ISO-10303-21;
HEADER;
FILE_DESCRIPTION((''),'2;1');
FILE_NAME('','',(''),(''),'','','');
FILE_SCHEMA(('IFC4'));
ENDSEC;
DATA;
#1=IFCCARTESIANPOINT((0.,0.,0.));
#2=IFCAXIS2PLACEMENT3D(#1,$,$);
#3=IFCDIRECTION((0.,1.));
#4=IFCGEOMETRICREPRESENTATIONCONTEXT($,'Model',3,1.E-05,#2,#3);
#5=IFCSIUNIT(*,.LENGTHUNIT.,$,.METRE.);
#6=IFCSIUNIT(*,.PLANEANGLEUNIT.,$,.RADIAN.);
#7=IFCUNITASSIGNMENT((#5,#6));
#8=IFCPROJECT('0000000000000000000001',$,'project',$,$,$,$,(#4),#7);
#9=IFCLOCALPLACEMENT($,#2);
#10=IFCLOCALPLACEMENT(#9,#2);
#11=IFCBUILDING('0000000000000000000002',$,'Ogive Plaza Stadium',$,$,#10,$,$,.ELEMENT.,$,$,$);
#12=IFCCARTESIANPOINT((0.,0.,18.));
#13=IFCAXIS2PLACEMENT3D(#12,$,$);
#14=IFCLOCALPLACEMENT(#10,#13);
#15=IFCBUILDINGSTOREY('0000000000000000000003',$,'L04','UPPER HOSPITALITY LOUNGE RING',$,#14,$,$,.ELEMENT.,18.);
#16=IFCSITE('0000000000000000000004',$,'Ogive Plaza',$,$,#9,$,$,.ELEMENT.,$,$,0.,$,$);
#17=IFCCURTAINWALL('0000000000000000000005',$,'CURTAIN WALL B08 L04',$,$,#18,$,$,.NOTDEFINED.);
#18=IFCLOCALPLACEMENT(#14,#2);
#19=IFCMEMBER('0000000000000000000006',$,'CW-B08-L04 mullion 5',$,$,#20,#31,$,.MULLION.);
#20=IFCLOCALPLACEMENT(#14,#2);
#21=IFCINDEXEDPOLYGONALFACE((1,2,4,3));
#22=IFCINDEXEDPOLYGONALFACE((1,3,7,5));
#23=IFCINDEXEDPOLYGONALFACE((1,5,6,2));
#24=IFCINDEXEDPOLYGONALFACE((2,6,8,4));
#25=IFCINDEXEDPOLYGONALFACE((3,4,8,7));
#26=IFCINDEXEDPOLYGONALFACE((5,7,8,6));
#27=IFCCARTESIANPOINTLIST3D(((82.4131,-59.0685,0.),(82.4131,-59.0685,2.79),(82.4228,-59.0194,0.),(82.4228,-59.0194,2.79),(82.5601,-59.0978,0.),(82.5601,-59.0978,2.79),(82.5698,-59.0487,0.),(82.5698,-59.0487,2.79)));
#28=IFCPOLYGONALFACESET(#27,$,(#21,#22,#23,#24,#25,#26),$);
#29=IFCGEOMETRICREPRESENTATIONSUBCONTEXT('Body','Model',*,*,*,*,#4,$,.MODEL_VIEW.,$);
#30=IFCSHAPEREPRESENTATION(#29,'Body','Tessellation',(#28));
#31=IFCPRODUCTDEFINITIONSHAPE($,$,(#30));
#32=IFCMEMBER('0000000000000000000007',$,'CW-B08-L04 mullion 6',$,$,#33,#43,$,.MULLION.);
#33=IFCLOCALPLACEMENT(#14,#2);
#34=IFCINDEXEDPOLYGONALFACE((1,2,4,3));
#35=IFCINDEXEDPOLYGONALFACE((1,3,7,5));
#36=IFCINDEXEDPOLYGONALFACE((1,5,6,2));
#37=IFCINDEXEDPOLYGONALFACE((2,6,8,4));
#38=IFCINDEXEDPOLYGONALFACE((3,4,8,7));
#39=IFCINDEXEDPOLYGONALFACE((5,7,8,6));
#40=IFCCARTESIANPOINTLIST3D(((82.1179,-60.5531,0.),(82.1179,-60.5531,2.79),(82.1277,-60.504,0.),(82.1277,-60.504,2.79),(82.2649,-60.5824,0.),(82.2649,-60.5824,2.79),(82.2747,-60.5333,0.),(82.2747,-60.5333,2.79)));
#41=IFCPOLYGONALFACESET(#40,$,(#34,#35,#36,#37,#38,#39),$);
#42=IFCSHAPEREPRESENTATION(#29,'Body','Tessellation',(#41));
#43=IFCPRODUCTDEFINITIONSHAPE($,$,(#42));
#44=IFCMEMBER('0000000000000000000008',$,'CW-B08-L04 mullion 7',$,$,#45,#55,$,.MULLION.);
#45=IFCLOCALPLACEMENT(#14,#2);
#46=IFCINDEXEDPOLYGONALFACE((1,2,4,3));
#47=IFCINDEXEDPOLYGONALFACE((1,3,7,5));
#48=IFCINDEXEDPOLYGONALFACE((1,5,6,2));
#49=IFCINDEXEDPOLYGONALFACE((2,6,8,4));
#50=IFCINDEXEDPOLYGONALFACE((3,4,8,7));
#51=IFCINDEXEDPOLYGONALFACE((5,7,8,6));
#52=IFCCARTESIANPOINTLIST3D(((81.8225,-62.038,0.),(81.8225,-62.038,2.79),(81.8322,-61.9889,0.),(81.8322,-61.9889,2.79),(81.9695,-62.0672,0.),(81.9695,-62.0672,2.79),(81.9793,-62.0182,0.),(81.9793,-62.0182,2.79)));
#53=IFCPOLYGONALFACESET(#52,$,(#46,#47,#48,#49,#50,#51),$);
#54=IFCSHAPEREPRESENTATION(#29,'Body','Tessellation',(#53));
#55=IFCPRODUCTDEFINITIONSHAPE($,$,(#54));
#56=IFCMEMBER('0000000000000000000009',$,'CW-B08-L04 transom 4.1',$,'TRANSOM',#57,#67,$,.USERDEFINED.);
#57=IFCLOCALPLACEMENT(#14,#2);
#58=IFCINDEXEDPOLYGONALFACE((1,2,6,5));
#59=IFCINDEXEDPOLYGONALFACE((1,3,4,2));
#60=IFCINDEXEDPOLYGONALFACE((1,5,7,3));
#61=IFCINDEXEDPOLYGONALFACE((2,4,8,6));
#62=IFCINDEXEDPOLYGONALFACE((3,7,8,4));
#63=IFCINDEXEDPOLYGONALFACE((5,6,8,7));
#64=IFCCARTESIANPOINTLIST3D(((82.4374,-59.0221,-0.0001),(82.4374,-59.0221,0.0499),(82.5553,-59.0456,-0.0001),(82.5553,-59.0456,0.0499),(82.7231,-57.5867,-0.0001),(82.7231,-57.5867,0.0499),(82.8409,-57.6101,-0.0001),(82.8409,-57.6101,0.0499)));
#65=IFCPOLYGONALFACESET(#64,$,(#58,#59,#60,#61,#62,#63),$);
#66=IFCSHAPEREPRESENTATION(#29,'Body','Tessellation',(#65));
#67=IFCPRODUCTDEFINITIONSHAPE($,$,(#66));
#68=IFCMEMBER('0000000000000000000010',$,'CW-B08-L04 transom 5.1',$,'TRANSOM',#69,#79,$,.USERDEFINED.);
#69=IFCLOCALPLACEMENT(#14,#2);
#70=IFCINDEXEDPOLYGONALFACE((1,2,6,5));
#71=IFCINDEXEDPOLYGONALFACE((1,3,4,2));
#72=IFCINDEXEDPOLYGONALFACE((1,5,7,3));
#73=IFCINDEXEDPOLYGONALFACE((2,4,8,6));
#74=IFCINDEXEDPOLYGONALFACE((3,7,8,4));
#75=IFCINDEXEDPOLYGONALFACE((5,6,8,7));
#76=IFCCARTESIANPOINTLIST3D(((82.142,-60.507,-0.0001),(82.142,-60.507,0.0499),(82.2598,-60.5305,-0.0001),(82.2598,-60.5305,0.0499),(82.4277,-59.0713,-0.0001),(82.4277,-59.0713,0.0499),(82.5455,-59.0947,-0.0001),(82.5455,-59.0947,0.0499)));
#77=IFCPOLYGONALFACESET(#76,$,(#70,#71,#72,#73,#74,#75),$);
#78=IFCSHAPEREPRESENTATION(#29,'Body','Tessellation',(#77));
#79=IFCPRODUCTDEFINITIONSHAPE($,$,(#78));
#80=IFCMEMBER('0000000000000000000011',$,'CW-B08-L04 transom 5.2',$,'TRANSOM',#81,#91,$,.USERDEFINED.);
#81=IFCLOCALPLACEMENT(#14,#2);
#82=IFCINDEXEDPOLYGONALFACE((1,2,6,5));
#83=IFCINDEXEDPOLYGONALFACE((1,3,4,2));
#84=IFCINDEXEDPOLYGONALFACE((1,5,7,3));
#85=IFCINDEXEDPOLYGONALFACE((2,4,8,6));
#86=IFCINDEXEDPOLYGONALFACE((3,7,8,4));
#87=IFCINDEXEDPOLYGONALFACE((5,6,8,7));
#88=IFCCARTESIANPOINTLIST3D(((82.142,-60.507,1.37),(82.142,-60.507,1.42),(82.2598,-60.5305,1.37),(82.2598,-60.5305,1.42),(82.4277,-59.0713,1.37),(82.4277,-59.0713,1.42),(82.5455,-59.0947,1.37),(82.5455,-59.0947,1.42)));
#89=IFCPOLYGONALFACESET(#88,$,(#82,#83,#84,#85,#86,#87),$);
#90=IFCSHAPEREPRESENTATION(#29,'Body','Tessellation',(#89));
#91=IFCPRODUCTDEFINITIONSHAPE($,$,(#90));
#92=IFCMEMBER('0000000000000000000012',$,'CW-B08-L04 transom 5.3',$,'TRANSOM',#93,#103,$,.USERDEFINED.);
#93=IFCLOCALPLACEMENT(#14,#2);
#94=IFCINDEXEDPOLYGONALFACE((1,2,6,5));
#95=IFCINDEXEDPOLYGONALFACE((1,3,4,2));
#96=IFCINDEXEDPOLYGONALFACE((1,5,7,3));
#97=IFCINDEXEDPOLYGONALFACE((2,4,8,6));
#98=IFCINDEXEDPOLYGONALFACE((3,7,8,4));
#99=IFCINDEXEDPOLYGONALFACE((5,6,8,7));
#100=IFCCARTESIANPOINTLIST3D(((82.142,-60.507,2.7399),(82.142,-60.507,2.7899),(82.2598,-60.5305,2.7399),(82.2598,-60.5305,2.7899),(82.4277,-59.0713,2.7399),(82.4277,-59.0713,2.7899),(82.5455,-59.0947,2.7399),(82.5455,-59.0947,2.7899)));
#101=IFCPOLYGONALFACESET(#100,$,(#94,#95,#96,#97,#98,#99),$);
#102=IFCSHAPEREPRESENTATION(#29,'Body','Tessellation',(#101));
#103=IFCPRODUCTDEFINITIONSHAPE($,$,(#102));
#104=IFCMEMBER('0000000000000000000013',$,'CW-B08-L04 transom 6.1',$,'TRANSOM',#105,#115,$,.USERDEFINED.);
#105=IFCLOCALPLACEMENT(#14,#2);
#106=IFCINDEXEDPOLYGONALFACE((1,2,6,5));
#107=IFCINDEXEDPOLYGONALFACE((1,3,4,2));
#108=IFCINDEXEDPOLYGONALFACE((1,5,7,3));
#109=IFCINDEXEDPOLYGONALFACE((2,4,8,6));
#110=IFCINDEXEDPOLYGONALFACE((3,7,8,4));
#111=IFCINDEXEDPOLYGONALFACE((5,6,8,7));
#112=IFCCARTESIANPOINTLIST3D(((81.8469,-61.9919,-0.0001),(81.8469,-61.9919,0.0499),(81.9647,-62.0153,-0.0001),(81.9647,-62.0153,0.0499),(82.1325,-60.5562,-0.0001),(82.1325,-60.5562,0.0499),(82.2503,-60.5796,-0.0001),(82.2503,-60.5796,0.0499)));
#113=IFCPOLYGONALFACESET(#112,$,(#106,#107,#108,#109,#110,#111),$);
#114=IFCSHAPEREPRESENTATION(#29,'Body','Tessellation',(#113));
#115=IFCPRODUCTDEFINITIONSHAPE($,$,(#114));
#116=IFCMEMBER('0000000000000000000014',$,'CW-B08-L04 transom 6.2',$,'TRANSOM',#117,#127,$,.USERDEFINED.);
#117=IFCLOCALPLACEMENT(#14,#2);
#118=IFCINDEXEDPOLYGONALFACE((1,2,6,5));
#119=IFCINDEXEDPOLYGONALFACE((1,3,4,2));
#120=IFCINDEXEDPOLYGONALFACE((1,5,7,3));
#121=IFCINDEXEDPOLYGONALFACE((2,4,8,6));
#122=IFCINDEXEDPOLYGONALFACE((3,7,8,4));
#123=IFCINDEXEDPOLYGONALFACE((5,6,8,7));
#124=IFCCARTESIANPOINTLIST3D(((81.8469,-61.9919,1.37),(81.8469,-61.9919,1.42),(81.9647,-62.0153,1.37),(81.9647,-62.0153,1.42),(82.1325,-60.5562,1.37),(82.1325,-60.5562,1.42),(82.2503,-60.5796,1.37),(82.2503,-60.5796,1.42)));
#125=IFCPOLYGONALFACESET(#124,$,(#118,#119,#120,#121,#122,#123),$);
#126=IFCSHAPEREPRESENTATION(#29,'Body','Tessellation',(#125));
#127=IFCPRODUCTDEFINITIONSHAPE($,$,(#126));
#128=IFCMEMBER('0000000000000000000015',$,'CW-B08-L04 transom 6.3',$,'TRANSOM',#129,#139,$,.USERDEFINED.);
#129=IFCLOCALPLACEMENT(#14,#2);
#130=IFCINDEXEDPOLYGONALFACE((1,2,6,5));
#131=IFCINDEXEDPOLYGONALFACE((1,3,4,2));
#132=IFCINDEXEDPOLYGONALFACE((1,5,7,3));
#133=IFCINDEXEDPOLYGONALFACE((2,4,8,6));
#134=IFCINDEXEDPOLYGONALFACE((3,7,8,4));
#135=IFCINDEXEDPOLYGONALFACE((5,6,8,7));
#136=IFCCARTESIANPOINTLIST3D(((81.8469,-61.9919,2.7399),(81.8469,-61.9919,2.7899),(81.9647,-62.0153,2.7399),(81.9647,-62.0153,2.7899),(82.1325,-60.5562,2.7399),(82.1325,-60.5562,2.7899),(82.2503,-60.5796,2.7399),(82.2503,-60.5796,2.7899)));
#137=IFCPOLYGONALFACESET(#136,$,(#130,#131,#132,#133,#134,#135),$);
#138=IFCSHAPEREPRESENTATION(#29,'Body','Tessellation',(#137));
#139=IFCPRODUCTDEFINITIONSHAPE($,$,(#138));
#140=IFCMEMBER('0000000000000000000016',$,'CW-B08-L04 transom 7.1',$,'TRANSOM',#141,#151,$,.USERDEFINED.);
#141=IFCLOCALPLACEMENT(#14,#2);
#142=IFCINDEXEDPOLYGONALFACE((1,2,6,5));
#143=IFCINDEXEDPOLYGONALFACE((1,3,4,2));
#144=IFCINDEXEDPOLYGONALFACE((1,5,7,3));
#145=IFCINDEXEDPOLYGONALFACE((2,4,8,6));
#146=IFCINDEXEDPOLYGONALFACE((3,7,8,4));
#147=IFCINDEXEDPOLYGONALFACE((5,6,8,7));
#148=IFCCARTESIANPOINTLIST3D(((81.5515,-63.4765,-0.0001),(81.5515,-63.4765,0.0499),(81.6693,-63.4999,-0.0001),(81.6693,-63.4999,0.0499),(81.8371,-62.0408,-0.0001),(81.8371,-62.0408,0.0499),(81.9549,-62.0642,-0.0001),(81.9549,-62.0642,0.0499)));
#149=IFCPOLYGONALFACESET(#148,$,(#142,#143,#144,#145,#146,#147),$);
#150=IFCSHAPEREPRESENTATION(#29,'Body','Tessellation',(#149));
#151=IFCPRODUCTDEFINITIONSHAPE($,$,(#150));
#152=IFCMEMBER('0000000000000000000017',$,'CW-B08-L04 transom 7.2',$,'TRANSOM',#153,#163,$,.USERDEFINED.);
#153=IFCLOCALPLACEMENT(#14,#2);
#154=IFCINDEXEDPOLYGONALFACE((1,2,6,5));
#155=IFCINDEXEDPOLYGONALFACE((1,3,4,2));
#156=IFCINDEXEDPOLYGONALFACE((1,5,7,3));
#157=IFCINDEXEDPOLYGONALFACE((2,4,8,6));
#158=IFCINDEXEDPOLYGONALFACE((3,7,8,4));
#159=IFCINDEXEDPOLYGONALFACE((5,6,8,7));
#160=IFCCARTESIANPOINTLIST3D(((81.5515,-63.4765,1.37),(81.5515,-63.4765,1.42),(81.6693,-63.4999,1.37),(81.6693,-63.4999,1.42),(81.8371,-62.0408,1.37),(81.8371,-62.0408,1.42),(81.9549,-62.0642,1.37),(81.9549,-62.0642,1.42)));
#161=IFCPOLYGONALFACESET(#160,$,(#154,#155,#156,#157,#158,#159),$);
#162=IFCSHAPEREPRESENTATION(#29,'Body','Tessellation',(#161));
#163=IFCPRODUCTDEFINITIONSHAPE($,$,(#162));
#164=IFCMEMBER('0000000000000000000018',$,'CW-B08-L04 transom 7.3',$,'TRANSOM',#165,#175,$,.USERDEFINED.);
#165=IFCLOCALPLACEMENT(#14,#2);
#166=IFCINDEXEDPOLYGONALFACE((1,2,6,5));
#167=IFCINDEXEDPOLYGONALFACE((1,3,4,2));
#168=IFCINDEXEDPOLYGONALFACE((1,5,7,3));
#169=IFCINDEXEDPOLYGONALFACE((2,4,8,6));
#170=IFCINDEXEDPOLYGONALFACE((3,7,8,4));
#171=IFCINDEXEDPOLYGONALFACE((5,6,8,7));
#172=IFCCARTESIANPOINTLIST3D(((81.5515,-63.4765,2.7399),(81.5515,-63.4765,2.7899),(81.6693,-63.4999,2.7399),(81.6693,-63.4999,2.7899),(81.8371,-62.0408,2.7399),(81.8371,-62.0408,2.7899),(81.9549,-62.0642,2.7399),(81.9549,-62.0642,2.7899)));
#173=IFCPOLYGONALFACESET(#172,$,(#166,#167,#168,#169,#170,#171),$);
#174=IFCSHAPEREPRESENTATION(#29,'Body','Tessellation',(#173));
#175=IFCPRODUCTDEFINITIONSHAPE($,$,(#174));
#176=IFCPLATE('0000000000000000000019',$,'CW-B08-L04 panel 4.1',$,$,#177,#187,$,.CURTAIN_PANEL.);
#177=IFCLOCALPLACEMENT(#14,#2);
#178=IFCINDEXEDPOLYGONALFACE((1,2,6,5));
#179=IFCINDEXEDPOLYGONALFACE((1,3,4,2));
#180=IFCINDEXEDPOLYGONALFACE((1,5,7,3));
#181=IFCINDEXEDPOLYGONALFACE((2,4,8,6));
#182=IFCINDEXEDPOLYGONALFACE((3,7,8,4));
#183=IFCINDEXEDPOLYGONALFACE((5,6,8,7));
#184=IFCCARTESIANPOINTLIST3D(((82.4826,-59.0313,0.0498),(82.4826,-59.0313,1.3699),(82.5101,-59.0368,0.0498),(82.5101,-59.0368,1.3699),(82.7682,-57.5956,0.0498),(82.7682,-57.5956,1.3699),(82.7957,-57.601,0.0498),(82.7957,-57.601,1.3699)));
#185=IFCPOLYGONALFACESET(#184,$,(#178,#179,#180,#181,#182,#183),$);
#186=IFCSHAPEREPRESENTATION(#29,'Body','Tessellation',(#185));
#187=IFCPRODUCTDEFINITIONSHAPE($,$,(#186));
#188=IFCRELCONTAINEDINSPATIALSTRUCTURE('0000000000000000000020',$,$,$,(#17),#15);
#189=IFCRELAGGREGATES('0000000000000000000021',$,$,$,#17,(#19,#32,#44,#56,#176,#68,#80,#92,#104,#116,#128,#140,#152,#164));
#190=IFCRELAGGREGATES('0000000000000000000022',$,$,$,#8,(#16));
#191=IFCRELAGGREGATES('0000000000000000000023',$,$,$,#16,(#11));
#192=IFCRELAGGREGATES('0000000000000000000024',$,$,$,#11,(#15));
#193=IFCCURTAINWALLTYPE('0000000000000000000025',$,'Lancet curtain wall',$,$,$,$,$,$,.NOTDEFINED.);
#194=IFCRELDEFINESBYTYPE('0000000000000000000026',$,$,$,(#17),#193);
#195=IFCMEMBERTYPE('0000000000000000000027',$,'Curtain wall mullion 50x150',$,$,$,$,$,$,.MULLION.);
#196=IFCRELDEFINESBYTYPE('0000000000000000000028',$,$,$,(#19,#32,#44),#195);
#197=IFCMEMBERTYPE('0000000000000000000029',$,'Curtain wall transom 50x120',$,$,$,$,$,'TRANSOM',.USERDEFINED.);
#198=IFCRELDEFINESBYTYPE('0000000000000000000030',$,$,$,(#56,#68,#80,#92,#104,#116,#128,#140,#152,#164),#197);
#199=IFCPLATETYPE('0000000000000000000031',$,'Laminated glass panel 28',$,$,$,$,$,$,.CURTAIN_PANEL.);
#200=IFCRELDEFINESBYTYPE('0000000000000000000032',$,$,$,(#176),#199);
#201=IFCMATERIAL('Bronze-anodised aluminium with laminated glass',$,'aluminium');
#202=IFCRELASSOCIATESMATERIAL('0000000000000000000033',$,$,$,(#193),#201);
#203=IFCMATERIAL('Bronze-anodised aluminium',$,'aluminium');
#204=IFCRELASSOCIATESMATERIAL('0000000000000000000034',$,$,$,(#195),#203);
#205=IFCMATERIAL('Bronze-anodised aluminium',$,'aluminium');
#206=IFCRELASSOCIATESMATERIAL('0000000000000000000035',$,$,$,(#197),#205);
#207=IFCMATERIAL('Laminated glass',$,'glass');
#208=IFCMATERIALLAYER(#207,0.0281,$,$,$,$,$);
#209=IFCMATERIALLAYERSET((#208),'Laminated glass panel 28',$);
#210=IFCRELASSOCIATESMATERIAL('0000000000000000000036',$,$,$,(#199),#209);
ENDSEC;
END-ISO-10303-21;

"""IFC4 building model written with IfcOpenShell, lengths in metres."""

from ifc_helpers import new_model, si_unit, direction, frame, origin, origin_2d, place, context, subcontext, project, spatial, rectangle, extrude, material, layer, layer_set, material_profile, profile_set, type_object, element, aggregate, save


model = new_model("IFC4")

# Units and contexts
model_context = context("Model", 3, precision=1e-05, world=origin(), true_north=direction((0.0, 1.0)))
body_context = subcontext(model_context, "Body", "Model", "MODEL_VIEW")
ifc_project = project(units=[si_unit("LENGTHUNIT", "METRE"), si_unit("PLANEANGLEUNIT", "RADIAN")], contexts=[model_context])

# Site, building, storey
site_placement = place(None, origin())
site = spatial("IfcSite", under=ifc_project, at=site_placement, Name="Ogive Plaza", CompositionType="ELEMENT", RefElevation=0.0)
building_placement = place(site_placement, origin())
building = spatial("IfcBuilding", under=site, at=building_placement, Name="Ogive Plaza Stadium", CompositionType="ELEMENT")
storey_placement = place(building_placement, frame((0.0, 0.0, 18.0)))
storey = spatial("IfcBuildingStorey", under=building, at=storey_placement, Name="L04", Description="UPPER HOSPITALITY LOUNGE RING", CompositionType="ELEMENT", Elevation=18.0)

# Curtain wall, members, plate
ifc_material_1 = material(Name="Bronze-anodised aluminium with laminated glass", Category="aluminium")
curtain_wall_type = type_object("IfcCurtainWallType", Name="Lancet curtain wall", PredefinedType="NOTDEFINED", material=ifc_material_1)
curtain_wall_placement = place(storey_placement, origin())
curtain_wall = element("IfcCurtainWall", 1, at=curtain_wall_placement, inside=storey, type_object=curtain_wall_type, Name="CURTAIN WALL B08 L04", PredefinedType="NOTDEFINED")
ifc_material_2 = material(Name="Bronze-anodised aluminium", Category="aluminium")
ifc_material_profile_1 = material_profile(ifc_material_2, rectangle(XDim=0.1499, YDim=0.05, at=origin_2d()), Name="AL 150x50")
ifc_profile_set_1 = profile_set([ifc_material_profile_1], Name="Bronze-anodised aluminium")
member_type_1 = type_object("IfcMemberType", Name="Curtain wall mullion 50x150", PredefinedType="MULLION", material=ifc_profile_set_1)
member_1_placement = place(storey_placement, frame((82.4915, -59.0586, 0.0), z_axis=(0.0, 0.0, 1.0), x_axis=(0.980785, -0.19509, 0.0)))
member_1 = element("IfcMember", 2, at=member_1_placement, type_object=member_type_1, Name="CW-B08-L04 mullion 5", PredefinedType="MULLION", context=body_context, shape_type="SweptSolid", body=[
    extrude(rectangle(XDim=0.1499, YDim=0.05, at=origin_2d()), origin(), (0.0, 0.0, 1.0), 2.79),
])
member_2_placement = place(storey_placement, frame((82.1963, -60.5432, 0.0), z_axis=(0.0, 0.0, 1.0), x_axis=(0.980785, -0.19509, 0.0)))
member_2 = element("IfcMember", 3, at=member_2_placement, type_object=member_type_1, Name="CW-B08-L04 mullion 6", PredefinedType="MULLION", context=body_context, shape_type="SweptSolid", body=[
    extrude(rectangle(XDim=0.1499, YDim=0.05, at=origin_2d()), origin(), (0.0, 0.0, 1.0), 2.79),
])
member_3_placement = place(storey_placement, frame((81.9009, -62.0281, 0.0), z_axis=(0.0, 0.0, 1.0), x_axis=(0.980785, -0.19509, 0.0)))
member_3 = element("IfcMember", 4, at=member_3_placement, type_object=member_type_1, Name="CW-B08-L04 mullion 7", PredefinedType="MULLION", context=body_context, shape_type="SweptSolid", body=[
    extrude(rectangle(XDim=0.1499, YDim=0.05, at=origin_2d()), origin(), (0.0, 0.0, 1.0), 2.79),
])
ifc_material_3 = material(Name="Bronze-anodised aluminium", Category="aluminium")
ifc_material_profile_2 = material_profile(ifc_material_3, rectangle(XDim=0.1201, YDim=0.05, at=origin_2d()), Name="AL 120x50")
ifc_profile_set_2 = profile_set([ifc_material_profile_2], Name="Bronze-anodised aluminium")
member_type_2 = type_object("IfcMemberType", Name="Curtain wall transom 50x120", ElementType="TRANSOM", PredefinedType="USERDEFINED", material=ifc_profile_set_2)
member_4_placement = place(storey_placement, frame((82.782, -57.5984, 0.0249), z_axis=(-0.195154, -0.980773, 0.0), x_axis=(0.980773, -0.195154, 0.0)))
member_4 = element("IfcMember", 5, at=member_4_placement, type_object=member_type_2, Name="CW-B08-L04 transom 4.1", ObjectType="TRANSOM", PredefinedType="USERDEFINED", context=body_context, shape_type="SweptSolid", body=[
    extrude(rectangle(XDim=0.1201, YDim=0.05, at=origin_2d()), origin(), (0.0, 0.0, 1.0), 1.4636),
])
member_5_placement = place(storey_placement, frame((82.4866, -59.083, 0.0249), z_axis=(-0.195122, -0.980779, 0.0), x_axis=(0.980779, -0.195122, 0.0)))
member_5 = element("IfcMember", 6, at=member_5_placement, type_object=member_type_2, Name="CW-B08-L04 transom 5.1", ObjectType="TRANSOM", PredefinedType="USERDEFINED", context=body_context, shape_type="SweptSolid", body=[
    extrude(rectangle(XDim=0.1201, YDim=0.05, at=origin_2d()), origin(), (0.0, 0.0, 1.0), 1.4639),
])
member_6_placement = place(storey_placement, frame((82.4866, -59.083, 1.395), z_axis=(-0.195122, -0.980779, 0.0), x_axis=(0.980779, -0.195122, 0.0)))
member_6 = element("IfcMember", 7, at=member_6_placement, type_object=member_type_2, Name="CW-B08-L04 transom 5.2", ObjectType="TRANSOM", PredefinedType="USERDEFINED", context=body_context, shape_type="SweptSolid", body=[
    extrude(rectangle(XDim=0.1201, YDim=0.05, at=origin_2d()), origin(), (0.0, 0.0, 1.0), 1.4639),
])
member_7_placement = place(storey_placement, frame((82.4866, -59.083, 2.7649), z_axis=(-0.195122, -0.980779, 0.0), x_axis=(0.980779, -0.195122, 0.0)))
member_7 = element("IfcMember", 8, at=member_7_placement, type_object=member_type_2, Name="CW-B08-L04 transom 5.3", ObjectType="TRANSOM", PredefinedType="USERDEFINED", context=body_context, shape_type="SweptSolid", body=[
    extrude(rectangle(XDim=0.1201, YDim=0.05, at=origin_2d()), origin(), (0.0, 0.0, 1.0), 1.4639),
])
member_8_placement = place(storey_placement, frame((82.1914, -60.5679, 0.0249), z_axis=(-0.195122, -0.980779, 0.0), x_axis=(0.980779, -0.195122, 0.0)))
member_8 = element("IfcMember", 9, at=member_8_placement, type_object=member_type_2, Name="CW-B08-L04 transom 6.1", ObjectType="TRANSOM", PredefinedType="USERDEFINED", context=body_context, shape_type="SweptSolid", body=[
    extrude(rectangle(XDim=0.1201, YDim=0.05, at=origin_2d()), origin(), (0.0, 0.0, 1.0), 1.4639),
])
member_9_placement = place(storey_placement, frame((82.1914, -60.5679, 1.395), z_axis=(-0.195122, -0.980779, 0.0), x_axis=(0.980779, -0.195122, 0.0)))
member_9 = element("IfcMember", 10, at=member_9_placement, type_object=member_type_2, Name="CW-B08-L04 transom 6.2", ObjectType="TRANSOM", PredefinedType="USERDEFINED", context=body_context, shape_type="SweptSolid", body=[
    extrude(rectangle(XDim=0.1201, YDim=0.05, at=origin_2d()), origin(), (0.0, 0.0, 1.0), 1.4639),
])
member_10_placement = place(storey_placement, frame((82.1914, -60.5679, 2.7649), z_axis=(-0.195122, -0.980779, 0.0), x_axis=(0.980779, -0.195122, 0.0)))
member_10 = element("IfcMember", 11, at=member_10_placement, type_object=member_type_2, Name="CW-B08-L04 transom 6.3", ObjectType="TRANSOM", PredefinedType="USERDEFINED", context=body_context, shape_type="SweptSolid", body=[
    extrude(rectangle(XDim=0.1201, YDim=0.05, at=origin_2d()), origin(), (0.0, 0.0, 1.0), 1.4639),
])
member_11_placement = place(storey_placement, frame((81.896, -62.0525, 0.0249), z_axis=(-0.195122, -0.980779, 0.0), x_axis=(0.980779, -0.195122, 0.0)))
member_11 = element("IfcMember", 12, at=member_11_placement, type_object=member_type_2, Name="CW-B08-L04 transom 7.1", ObjectType="TRANSOM", PredefinedType="USERDEFINED", context=body_context, shape_type="SweptSolid", body=[
    extrude(rectangle(XDim=0.1201, YDim=0.05, at=origin_2d()), origin(), (0.0, 0.0, 1.0), 1.4639),
])
member_12_placement = place(storey_placement, frame((81.896, -62.0525, 1.395), z_axis=(-0.195122, -0.980779, 0.0), x_axis=(0.980779, -0.195122, 0.0)))
member_12 = element("IfcMember", 13, at=member_12_placement, type_object=member_type_2, Name="CW-B08-L04 transom 7.2", ObjectType="TRANSOM", PredefinedType="USERDEFINED", context=body_context, shape_type="SweptSolid", body=[
    extrude(rectangle(XDim=0.1201, YDim=0.05, at=origin_2d()), origin(), (0.0, 0.0, 1.0), 1.4639),
])
member_13_placement = place(storey_placement, frame((81.896, -62.0525, 2.7649), z_axis=(-0.195122, -0.980779, 0.0), x_axis=(0.980779, -0.195122, 0.0)))
member_13 = element("IfcMember", 14, at=member_13_placement, type_object=member_type_2, Name="CW-B08-L04 transom 7.3", ObjectType="TRANSOM", PredefinedType="USERDEFINED", context=body_context, shape_type="SweptSolid", body=[
    extrude(rectangle(XDim=0.1201, YDim=0.05, at=origin_2d()), origin(), (0.0, 0.0, 1.0), 1.4639),
])
ifc_material_4 = material(Name="Laminated glass", Category="glass")
ifc_layer_1 = layer(ifc_material_4, 0.0281)
ifc_layer_set_1 = layer_set([ifc_layer_1], Name="Laminated glass panel 28")
plate_type = type_object("IfcPlateType", Name="Laminated glass panel 28", PredefinedType="CURTAIN_PANEL", material=ifc_layer_set_1)
plate_1_placement = place(storey_placement, frame((82.6392, -58.3162, 0.0498), z_axis=(0.0, 0.0, 1.0), x_axis=(-0.19509, -0.980785, 0.0)))
plate_1 = element("IfcPlate", 15, at=plate_1_placement, type_object=plate_type, Name="CW-B08-L04 panel 4.1", PredefinedType="CURTAIN_PANEL", context=body_context, shape_type="SweptSolid", body=[
    extrude(rectangle(XDim=1.4639, YDim=0.0281, at=origin_2d()), origin(), (0.0, 0.0, 1.0), 1.3201),
])
aggregate(curtain_wall, [member_1, member_2, member_3, member_4, plate_1, member_5, member_6, member_7, member_8, member_9, member_10, member_11, member_12, member_13])

save(model, "model.ifc")
